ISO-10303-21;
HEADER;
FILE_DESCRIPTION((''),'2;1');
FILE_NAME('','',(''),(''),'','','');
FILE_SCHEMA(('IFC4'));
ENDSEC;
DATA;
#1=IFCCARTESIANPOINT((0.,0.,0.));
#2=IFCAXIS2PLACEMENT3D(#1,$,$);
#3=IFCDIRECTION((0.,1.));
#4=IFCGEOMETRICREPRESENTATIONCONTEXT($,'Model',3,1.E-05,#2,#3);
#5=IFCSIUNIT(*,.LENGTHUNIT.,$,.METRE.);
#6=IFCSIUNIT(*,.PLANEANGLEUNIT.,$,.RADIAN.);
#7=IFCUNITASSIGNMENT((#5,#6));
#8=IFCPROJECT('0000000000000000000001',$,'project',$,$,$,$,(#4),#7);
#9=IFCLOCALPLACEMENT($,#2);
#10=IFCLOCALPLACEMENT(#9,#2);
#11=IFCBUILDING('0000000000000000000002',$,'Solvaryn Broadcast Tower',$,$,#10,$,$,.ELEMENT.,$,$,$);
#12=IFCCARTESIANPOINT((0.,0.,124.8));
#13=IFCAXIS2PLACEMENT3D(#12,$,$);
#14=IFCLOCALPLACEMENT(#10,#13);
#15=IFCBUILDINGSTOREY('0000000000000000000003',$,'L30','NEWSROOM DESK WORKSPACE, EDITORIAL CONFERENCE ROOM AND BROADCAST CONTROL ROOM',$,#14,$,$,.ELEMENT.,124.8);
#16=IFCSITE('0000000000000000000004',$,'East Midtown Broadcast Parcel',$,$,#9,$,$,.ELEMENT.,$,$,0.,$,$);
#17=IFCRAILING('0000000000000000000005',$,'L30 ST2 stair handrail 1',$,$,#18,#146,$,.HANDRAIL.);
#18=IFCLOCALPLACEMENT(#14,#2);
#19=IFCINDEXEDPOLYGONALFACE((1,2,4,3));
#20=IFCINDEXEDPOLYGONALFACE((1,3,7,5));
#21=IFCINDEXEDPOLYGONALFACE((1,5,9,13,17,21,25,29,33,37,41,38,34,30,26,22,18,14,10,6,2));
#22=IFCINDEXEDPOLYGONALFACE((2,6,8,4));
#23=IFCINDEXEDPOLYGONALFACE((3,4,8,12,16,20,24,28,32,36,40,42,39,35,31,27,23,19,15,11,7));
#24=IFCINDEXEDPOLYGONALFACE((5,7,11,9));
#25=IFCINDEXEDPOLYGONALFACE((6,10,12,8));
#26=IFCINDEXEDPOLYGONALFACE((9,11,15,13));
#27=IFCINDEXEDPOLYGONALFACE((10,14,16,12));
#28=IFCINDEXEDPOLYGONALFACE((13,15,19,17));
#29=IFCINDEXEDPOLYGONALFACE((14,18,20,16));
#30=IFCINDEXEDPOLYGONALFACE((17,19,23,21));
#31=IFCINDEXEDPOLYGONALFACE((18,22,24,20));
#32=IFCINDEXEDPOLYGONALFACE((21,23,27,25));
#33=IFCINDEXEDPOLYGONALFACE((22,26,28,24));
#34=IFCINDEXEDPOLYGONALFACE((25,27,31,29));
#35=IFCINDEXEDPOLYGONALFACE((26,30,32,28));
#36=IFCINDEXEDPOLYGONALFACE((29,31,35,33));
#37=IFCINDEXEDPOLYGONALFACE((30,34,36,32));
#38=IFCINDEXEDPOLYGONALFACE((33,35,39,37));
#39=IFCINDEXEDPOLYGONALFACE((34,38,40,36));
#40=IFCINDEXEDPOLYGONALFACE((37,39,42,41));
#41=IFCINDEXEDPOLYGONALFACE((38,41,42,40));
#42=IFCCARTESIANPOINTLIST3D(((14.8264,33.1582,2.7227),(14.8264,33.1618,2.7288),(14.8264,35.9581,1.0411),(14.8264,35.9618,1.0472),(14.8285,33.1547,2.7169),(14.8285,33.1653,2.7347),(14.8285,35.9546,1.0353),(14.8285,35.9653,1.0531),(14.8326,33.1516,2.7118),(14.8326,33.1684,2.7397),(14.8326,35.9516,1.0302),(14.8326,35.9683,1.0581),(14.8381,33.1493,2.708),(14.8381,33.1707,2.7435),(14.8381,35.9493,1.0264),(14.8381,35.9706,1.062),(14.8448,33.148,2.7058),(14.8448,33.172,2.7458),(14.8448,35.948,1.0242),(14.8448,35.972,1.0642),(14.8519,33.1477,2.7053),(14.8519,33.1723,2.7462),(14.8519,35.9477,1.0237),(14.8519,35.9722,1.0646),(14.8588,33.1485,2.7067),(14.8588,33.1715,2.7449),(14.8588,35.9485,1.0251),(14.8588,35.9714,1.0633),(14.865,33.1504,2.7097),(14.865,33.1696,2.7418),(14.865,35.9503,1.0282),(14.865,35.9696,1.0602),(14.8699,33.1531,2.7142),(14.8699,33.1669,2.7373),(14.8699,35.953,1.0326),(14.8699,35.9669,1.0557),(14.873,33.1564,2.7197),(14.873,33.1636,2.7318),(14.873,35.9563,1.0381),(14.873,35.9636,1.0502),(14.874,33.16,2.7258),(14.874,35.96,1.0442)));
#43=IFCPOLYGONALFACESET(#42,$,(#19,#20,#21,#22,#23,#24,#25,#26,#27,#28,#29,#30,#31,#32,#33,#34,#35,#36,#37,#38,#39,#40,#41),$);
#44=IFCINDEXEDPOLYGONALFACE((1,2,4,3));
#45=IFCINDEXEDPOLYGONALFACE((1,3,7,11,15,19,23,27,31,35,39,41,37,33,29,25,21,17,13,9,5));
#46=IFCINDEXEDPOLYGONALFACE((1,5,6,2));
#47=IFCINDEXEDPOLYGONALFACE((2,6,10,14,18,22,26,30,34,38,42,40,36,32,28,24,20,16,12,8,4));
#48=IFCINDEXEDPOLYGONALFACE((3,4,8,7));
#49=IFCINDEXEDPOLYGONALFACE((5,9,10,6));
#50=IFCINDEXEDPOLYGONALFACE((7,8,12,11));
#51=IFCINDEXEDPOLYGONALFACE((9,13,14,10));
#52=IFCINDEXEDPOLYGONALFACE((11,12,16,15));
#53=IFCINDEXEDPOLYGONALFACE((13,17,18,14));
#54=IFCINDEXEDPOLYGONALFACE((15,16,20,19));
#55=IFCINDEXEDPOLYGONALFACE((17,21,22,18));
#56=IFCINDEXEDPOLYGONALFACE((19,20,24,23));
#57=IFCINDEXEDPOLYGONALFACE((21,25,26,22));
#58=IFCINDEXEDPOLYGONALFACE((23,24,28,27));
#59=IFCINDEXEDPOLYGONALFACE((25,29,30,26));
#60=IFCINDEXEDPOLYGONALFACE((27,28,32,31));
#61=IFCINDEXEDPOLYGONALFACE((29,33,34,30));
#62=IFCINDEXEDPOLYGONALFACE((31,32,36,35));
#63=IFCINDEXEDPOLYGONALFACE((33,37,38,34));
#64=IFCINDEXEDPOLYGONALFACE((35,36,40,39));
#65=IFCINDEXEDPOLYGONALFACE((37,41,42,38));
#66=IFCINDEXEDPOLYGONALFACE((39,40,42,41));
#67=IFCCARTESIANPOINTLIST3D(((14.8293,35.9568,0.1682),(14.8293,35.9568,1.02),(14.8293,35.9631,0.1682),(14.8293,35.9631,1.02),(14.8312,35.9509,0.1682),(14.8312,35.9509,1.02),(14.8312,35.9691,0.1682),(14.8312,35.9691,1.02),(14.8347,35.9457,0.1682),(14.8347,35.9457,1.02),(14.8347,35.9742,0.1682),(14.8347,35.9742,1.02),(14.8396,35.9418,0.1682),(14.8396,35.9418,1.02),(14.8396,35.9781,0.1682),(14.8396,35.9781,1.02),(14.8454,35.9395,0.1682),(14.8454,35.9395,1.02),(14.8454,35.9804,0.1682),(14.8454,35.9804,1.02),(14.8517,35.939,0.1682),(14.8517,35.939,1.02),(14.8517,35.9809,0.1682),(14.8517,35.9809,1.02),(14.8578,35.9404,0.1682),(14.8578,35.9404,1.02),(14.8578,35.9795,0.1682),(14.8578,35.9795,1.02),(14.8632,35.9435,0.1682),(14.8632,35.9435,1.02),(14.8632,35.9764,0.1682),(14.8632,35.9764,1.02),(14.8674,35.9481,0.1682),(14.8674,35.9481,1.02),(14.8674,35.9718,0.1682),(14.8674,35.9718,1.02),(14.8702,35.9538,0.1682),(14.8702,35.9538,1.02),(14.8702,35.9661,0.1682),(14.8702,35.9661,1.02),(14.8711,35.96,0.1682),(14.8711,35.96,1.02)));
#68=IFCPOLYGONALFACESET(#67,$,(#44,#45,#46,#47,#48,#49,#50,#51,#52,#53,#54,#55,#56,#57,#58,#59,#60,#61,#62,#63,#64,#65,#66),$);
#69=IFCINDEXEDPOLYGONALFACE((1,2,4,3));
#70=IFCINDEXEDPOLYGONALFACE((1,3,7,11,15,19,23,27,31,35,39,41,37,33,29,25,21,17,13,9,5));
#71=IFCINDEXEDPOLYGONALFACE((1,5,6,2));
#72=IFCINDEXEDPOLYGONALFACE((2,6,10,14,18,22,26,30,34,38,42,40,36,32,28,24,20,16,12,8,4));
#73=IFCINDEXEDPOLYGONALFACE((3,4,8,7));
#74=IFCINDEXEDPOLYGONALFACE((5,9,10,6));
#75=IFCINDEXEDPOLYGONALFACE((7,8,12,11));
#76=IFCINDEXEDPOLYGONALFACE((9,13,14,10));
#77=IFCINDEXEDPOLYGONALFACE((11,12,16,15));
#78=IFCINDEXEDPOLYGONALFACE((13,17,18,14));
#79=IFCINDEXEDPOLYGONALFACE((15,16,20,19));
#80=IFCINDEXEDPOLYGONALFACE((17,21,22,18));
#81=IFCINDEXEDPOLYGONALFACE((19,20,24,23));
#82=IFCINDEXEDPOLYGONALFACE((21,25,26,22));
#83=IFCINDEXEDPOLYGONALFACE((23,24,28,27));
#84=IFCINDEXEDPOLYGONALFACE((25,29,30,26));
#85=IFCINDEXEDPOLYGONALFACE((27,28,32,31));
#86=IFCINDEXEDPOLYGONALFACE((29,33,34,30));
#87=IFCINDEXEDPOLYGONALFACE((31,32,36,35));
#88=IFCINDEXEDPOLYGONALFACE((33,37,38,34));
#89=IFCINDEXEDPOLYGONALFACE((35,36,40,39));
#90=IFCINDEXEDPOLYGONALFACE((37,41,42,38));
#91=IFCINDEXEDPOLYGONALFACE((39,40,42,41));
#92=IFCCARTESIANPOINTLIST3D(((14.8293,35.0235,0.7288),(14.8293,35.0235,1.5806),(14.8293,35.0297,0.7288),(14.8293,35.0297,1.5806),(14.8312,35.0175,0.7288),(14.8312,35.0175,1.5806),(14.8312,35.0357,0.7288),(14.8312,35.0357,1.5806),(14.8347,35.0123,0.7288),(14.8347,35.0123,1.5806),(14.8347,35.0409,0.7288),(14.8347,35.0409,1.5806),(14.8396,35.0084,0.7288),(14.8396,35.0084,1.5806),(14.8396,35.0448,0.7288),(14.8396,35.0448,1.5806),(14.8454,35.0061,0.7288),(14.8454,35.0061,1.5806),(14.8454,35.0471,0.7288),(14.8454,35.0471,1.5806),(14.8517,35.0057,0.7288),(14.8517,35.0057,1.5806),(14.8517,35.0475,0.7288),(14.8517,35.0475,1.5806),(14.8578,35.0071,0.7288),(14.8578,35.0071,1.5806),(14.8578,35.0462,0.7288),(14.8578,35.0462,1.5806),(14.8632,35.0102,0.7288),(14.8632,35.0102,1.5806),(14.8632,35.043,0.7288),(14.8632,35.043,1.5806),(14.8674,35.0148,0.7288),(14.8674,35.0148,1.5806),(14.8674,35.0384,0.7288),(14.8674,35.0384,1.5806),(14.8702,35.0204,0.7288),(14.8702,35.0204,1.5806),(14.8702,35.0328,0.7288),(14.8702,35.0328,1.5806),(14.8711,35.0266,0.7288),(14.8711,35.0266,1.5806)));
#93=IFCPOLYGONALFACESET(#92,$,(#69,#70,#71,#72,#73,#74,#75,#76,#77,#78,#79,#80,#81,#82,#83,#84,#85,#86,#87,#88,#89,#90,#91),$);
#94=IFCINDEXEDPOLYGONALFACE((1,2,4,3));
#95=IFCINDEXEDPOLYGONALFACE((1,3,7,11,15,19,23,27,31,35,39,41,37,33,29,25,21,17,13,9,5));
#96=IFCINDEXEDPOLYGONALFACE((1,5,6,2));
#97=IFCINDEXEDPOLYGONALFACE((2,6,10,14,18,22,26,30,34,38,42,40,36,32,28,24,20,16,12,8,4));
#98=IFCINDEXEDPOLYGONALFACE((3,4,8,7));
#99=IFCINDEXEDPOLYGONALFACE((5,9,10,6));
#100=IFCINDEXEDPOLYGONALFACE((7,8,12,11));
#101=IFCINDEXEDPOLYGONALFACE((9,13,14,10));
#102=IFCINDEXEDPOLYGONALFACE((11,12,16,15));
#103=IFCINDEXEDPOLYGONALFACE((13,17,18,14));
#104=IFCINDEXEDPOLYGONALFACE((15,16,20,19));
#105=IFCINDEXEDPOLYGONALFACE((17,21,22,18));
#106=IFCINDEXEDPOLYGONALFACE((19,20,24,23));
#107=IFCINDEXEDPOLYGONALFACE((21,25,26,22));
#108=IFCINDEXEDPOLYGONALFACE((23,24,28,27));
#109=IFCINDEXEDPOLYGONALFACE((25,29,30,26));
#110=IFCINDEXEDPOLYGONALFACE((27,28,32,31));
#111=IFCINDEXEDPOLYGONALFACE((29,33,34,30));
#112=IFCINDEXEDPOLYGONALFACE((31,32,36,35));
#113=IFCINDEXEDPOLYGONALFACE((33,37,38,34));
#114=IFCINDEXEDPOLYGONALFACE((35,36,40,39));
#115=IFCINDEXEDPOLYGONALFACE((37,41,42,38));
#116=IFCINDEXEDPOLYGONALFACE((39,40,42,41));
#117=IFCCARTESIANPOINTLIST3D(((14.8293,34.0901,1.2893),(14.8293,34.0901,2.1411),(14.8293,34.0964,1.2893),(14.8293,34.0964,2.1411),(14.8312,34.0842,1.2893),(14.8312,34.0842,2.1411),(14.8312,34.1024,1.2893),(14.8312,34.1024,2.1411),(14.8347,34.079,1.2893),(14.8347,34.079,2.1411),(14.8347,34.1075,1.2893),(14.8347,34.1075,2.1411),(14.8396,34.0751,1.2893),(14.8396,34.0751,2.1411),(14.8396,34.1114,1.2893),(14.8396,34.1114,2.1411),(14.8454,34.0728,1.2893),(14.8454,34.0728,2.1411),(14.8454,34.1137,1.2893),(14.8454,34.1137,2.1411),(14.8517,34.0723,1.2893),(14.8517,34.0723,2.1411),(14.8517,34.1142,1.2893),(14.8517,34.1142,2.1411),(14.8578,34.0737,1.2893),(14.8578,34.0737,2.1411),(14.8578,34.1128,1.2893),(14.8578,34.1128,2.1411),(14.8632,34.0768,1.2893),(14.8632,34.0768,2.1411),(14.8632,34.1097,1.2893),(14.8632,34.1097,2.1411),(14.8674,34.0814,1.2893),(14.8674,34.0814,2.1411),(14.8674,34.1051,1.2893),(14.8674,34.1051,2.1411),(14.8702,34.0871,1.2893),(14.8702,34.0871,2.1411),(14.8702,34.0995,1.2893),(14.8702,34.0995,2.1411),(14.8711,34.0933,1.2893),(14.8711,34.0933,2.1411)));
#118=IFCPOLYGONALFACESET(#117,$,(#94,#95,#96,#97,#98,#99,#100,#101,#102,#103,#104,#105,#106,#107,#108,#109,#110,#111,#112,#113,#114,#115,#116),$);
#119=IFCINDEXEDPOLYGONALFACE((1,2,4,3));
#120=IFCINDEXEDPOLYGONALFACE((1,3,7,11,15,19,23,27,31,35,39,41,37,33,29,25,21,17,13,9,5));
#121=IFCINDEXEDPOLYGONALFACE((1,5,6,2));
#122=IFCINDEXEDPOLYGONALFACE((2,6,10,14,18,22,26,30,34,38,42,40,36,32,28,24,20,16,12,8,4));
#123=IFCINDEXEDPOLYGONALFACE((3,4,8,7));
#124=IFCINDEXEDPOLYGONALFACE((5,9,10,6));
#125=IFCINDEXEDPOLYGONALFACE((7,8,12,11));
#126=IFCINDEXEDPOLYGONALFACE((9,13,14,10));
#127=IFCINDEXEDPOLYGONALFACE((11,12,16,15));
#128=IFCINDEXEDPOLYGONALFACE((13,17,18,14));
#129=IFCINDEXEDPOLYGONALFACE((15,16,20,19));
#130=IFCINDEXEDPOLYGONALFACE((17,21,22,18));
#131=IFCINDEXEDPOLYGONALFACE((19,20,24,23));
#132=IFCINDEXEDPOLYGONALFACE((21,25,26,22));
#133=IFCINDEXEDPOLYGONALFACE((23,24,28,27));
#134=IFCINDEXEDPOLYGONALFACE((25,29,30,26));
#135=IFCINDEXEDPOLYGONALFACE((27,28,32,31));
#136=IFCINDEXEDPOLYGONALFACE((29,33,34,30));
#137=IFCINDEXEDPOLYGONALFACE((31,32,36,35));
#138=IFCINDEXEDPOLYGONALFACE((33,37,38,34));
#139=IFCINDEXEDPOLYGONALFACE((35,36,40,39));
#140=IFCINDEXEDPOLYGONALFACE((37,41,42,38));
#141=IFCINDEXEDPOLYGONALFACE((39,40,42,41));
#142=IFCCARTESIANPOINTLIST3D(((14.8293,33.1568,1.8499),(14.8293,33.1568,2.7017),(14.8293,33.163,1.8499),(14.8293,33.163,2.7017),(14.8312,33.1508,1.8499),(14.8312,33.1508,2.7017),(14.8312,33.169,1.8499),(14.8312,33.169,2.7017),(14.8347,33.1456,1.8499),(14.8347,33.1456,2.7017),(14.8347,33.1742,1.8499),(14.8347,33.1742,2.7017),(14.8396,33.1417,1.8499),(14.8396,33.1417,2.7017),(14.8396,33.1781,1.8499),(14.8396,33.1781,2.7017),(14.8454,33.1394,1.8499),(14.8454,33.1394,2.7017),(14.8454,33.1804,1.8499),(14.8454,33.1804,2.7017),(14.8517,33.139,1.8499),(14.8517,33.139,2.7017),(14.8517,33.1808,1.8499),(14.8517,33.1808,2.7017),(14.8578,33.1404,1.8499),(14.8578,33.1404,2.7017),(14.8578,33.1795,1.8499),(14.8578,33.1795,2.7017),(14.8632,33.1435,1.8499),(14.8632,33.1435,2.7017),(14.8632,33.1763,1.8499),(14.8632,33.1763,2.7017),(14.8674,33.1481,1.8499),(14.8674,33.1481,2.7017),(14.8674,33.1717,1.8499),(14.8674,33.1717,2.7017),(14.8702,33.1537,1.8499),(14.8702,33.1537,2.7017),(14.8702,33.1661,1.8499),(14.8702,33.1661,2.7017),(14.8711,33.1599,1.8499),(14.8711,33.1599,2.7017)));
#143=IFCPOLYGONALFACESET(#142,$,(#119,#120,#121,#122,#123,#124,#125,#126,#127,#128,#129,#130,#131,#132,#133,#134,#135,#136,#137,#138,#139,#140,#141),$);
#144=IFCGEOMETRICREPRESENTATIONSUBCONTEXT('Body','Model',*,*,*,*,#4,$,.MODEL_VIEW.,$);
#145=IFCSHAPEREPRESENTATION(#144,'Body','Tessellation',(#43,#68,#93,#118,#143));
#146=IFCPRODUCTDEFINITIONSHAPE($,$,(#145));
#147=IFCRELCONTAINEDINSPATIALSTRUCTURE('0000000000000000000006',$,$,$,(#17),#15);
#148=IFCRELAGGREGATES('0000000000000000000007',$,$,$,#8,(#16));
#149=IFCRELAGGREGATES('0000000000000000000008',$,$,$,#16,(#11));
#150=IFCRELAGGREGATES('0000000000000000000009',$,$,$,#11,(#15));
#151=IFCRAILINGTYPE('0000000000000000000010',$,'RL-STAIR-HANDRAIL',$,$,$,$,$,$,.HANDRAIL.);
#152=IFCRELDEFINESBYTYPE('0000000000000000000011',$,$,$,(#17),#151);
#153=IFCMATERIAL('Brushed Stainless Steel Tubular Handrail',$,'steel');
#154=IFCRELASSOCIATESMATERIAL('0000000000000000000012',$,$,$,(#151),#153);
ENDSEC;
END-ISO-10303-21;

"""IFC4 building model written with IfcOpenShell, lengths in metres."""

from ifc_helpers import new_model, si_unit, direction, frame, origin, origin_2d, place, context, subcontext, project, spatial, circle, extrude, material, type_object, element, save


model = new_model("IFC4")

# Units and contexts
model_context = context("Model", 3, precision=1e-05, world=origin(), true_north=direction((0.0, 1.0)))
body_context = subcontext(model_context, "Body", "Model", "MODEL_VIEW")
ifc_project = project(units=[si_unit("LENGTHUNIT", "METRE"), si_unit("PLANEANGLEUNIT", "RADIAN")], contexts=[model_context])

# Site, building, storey
site_placement = place(None, origin())
site = spatial("IfcSite", under=ifc_project, at=site_placement, Name="East Midtown Broadcast Parcel", CompositionType="ELEMENT", RefElevation=0.0)
building_placement = place(site_placement, origin())
building = spatial("IfcBuilding", under=site, at=building_placement, Name="Solvaryn Broadcast Tower", CompositionType="ELEMENT")
storey_placement = place(building_placement, frame((0.0, 0.0, 124.8)))
storey = spatial("IfcBuildingStorey", under=building, at=storey_placement, Name="L30", Description="NEWSROOM DESK WORKSPACE, EDITORIAL CONFERENCE ROOM AND BROADCAST CONTROL ROOM", CompositionType="ELEMENT", Elevation=124.8)

# Railing
ifc_material_1 = material(Name="Brushed Stainless Steel Tubular Handrail", Category="steel")
railing_type_1 = type_object("IfcRailingType", Name="RL-STAIR-HANDRAIL", PredefinedType="HANDRAIL", material=ifc_material_1)
railing_1_placement = place(storey_placement, frame((14.8501, 35.96, 0.1682)))
element("IfcRailing", 1, at=railing_1_placement, inside=storey, type_object=railing_type_1, Name="L30 ST2 stair handrail 1", PredefinedType="HANDRAIL", context=body_context, shape_type="SweptSolid", body=[
    extrude(circle(Radius=0.0239, at=origin_2d()), frame((0.0, 0.0, 0.876), z_axis=(0.0, -0.857275, 0.514858), x_axis=(1.0, 0.0, 0.0)), (0.0, 0.0, 1.0), 3.2661),
    extrude(circle(Radius=0.021, at=origin_2d()), origin(), (0.0, 0.0, 1.0), 0.8518),
    extrude(circle(Radius=0.021, at=origin_2d()), frame((0.0, -0.9333, 0.5605)), (0.0, 0.0, 1.0), 0.8518),
    extrude(circle(Radius=0.021, at=origin_2d()), frame((0.0, -1.8667, 1.1211)), (0.0, 0.0, 1.0), 0.8518),
    extrude(circle(Radius=0.021, at=origin_2d()), frame((0.0, -2.8, 1.6816)), (0.0, 0.0, 1.0), 0.8518),
])

save(model, "model.ifc")
